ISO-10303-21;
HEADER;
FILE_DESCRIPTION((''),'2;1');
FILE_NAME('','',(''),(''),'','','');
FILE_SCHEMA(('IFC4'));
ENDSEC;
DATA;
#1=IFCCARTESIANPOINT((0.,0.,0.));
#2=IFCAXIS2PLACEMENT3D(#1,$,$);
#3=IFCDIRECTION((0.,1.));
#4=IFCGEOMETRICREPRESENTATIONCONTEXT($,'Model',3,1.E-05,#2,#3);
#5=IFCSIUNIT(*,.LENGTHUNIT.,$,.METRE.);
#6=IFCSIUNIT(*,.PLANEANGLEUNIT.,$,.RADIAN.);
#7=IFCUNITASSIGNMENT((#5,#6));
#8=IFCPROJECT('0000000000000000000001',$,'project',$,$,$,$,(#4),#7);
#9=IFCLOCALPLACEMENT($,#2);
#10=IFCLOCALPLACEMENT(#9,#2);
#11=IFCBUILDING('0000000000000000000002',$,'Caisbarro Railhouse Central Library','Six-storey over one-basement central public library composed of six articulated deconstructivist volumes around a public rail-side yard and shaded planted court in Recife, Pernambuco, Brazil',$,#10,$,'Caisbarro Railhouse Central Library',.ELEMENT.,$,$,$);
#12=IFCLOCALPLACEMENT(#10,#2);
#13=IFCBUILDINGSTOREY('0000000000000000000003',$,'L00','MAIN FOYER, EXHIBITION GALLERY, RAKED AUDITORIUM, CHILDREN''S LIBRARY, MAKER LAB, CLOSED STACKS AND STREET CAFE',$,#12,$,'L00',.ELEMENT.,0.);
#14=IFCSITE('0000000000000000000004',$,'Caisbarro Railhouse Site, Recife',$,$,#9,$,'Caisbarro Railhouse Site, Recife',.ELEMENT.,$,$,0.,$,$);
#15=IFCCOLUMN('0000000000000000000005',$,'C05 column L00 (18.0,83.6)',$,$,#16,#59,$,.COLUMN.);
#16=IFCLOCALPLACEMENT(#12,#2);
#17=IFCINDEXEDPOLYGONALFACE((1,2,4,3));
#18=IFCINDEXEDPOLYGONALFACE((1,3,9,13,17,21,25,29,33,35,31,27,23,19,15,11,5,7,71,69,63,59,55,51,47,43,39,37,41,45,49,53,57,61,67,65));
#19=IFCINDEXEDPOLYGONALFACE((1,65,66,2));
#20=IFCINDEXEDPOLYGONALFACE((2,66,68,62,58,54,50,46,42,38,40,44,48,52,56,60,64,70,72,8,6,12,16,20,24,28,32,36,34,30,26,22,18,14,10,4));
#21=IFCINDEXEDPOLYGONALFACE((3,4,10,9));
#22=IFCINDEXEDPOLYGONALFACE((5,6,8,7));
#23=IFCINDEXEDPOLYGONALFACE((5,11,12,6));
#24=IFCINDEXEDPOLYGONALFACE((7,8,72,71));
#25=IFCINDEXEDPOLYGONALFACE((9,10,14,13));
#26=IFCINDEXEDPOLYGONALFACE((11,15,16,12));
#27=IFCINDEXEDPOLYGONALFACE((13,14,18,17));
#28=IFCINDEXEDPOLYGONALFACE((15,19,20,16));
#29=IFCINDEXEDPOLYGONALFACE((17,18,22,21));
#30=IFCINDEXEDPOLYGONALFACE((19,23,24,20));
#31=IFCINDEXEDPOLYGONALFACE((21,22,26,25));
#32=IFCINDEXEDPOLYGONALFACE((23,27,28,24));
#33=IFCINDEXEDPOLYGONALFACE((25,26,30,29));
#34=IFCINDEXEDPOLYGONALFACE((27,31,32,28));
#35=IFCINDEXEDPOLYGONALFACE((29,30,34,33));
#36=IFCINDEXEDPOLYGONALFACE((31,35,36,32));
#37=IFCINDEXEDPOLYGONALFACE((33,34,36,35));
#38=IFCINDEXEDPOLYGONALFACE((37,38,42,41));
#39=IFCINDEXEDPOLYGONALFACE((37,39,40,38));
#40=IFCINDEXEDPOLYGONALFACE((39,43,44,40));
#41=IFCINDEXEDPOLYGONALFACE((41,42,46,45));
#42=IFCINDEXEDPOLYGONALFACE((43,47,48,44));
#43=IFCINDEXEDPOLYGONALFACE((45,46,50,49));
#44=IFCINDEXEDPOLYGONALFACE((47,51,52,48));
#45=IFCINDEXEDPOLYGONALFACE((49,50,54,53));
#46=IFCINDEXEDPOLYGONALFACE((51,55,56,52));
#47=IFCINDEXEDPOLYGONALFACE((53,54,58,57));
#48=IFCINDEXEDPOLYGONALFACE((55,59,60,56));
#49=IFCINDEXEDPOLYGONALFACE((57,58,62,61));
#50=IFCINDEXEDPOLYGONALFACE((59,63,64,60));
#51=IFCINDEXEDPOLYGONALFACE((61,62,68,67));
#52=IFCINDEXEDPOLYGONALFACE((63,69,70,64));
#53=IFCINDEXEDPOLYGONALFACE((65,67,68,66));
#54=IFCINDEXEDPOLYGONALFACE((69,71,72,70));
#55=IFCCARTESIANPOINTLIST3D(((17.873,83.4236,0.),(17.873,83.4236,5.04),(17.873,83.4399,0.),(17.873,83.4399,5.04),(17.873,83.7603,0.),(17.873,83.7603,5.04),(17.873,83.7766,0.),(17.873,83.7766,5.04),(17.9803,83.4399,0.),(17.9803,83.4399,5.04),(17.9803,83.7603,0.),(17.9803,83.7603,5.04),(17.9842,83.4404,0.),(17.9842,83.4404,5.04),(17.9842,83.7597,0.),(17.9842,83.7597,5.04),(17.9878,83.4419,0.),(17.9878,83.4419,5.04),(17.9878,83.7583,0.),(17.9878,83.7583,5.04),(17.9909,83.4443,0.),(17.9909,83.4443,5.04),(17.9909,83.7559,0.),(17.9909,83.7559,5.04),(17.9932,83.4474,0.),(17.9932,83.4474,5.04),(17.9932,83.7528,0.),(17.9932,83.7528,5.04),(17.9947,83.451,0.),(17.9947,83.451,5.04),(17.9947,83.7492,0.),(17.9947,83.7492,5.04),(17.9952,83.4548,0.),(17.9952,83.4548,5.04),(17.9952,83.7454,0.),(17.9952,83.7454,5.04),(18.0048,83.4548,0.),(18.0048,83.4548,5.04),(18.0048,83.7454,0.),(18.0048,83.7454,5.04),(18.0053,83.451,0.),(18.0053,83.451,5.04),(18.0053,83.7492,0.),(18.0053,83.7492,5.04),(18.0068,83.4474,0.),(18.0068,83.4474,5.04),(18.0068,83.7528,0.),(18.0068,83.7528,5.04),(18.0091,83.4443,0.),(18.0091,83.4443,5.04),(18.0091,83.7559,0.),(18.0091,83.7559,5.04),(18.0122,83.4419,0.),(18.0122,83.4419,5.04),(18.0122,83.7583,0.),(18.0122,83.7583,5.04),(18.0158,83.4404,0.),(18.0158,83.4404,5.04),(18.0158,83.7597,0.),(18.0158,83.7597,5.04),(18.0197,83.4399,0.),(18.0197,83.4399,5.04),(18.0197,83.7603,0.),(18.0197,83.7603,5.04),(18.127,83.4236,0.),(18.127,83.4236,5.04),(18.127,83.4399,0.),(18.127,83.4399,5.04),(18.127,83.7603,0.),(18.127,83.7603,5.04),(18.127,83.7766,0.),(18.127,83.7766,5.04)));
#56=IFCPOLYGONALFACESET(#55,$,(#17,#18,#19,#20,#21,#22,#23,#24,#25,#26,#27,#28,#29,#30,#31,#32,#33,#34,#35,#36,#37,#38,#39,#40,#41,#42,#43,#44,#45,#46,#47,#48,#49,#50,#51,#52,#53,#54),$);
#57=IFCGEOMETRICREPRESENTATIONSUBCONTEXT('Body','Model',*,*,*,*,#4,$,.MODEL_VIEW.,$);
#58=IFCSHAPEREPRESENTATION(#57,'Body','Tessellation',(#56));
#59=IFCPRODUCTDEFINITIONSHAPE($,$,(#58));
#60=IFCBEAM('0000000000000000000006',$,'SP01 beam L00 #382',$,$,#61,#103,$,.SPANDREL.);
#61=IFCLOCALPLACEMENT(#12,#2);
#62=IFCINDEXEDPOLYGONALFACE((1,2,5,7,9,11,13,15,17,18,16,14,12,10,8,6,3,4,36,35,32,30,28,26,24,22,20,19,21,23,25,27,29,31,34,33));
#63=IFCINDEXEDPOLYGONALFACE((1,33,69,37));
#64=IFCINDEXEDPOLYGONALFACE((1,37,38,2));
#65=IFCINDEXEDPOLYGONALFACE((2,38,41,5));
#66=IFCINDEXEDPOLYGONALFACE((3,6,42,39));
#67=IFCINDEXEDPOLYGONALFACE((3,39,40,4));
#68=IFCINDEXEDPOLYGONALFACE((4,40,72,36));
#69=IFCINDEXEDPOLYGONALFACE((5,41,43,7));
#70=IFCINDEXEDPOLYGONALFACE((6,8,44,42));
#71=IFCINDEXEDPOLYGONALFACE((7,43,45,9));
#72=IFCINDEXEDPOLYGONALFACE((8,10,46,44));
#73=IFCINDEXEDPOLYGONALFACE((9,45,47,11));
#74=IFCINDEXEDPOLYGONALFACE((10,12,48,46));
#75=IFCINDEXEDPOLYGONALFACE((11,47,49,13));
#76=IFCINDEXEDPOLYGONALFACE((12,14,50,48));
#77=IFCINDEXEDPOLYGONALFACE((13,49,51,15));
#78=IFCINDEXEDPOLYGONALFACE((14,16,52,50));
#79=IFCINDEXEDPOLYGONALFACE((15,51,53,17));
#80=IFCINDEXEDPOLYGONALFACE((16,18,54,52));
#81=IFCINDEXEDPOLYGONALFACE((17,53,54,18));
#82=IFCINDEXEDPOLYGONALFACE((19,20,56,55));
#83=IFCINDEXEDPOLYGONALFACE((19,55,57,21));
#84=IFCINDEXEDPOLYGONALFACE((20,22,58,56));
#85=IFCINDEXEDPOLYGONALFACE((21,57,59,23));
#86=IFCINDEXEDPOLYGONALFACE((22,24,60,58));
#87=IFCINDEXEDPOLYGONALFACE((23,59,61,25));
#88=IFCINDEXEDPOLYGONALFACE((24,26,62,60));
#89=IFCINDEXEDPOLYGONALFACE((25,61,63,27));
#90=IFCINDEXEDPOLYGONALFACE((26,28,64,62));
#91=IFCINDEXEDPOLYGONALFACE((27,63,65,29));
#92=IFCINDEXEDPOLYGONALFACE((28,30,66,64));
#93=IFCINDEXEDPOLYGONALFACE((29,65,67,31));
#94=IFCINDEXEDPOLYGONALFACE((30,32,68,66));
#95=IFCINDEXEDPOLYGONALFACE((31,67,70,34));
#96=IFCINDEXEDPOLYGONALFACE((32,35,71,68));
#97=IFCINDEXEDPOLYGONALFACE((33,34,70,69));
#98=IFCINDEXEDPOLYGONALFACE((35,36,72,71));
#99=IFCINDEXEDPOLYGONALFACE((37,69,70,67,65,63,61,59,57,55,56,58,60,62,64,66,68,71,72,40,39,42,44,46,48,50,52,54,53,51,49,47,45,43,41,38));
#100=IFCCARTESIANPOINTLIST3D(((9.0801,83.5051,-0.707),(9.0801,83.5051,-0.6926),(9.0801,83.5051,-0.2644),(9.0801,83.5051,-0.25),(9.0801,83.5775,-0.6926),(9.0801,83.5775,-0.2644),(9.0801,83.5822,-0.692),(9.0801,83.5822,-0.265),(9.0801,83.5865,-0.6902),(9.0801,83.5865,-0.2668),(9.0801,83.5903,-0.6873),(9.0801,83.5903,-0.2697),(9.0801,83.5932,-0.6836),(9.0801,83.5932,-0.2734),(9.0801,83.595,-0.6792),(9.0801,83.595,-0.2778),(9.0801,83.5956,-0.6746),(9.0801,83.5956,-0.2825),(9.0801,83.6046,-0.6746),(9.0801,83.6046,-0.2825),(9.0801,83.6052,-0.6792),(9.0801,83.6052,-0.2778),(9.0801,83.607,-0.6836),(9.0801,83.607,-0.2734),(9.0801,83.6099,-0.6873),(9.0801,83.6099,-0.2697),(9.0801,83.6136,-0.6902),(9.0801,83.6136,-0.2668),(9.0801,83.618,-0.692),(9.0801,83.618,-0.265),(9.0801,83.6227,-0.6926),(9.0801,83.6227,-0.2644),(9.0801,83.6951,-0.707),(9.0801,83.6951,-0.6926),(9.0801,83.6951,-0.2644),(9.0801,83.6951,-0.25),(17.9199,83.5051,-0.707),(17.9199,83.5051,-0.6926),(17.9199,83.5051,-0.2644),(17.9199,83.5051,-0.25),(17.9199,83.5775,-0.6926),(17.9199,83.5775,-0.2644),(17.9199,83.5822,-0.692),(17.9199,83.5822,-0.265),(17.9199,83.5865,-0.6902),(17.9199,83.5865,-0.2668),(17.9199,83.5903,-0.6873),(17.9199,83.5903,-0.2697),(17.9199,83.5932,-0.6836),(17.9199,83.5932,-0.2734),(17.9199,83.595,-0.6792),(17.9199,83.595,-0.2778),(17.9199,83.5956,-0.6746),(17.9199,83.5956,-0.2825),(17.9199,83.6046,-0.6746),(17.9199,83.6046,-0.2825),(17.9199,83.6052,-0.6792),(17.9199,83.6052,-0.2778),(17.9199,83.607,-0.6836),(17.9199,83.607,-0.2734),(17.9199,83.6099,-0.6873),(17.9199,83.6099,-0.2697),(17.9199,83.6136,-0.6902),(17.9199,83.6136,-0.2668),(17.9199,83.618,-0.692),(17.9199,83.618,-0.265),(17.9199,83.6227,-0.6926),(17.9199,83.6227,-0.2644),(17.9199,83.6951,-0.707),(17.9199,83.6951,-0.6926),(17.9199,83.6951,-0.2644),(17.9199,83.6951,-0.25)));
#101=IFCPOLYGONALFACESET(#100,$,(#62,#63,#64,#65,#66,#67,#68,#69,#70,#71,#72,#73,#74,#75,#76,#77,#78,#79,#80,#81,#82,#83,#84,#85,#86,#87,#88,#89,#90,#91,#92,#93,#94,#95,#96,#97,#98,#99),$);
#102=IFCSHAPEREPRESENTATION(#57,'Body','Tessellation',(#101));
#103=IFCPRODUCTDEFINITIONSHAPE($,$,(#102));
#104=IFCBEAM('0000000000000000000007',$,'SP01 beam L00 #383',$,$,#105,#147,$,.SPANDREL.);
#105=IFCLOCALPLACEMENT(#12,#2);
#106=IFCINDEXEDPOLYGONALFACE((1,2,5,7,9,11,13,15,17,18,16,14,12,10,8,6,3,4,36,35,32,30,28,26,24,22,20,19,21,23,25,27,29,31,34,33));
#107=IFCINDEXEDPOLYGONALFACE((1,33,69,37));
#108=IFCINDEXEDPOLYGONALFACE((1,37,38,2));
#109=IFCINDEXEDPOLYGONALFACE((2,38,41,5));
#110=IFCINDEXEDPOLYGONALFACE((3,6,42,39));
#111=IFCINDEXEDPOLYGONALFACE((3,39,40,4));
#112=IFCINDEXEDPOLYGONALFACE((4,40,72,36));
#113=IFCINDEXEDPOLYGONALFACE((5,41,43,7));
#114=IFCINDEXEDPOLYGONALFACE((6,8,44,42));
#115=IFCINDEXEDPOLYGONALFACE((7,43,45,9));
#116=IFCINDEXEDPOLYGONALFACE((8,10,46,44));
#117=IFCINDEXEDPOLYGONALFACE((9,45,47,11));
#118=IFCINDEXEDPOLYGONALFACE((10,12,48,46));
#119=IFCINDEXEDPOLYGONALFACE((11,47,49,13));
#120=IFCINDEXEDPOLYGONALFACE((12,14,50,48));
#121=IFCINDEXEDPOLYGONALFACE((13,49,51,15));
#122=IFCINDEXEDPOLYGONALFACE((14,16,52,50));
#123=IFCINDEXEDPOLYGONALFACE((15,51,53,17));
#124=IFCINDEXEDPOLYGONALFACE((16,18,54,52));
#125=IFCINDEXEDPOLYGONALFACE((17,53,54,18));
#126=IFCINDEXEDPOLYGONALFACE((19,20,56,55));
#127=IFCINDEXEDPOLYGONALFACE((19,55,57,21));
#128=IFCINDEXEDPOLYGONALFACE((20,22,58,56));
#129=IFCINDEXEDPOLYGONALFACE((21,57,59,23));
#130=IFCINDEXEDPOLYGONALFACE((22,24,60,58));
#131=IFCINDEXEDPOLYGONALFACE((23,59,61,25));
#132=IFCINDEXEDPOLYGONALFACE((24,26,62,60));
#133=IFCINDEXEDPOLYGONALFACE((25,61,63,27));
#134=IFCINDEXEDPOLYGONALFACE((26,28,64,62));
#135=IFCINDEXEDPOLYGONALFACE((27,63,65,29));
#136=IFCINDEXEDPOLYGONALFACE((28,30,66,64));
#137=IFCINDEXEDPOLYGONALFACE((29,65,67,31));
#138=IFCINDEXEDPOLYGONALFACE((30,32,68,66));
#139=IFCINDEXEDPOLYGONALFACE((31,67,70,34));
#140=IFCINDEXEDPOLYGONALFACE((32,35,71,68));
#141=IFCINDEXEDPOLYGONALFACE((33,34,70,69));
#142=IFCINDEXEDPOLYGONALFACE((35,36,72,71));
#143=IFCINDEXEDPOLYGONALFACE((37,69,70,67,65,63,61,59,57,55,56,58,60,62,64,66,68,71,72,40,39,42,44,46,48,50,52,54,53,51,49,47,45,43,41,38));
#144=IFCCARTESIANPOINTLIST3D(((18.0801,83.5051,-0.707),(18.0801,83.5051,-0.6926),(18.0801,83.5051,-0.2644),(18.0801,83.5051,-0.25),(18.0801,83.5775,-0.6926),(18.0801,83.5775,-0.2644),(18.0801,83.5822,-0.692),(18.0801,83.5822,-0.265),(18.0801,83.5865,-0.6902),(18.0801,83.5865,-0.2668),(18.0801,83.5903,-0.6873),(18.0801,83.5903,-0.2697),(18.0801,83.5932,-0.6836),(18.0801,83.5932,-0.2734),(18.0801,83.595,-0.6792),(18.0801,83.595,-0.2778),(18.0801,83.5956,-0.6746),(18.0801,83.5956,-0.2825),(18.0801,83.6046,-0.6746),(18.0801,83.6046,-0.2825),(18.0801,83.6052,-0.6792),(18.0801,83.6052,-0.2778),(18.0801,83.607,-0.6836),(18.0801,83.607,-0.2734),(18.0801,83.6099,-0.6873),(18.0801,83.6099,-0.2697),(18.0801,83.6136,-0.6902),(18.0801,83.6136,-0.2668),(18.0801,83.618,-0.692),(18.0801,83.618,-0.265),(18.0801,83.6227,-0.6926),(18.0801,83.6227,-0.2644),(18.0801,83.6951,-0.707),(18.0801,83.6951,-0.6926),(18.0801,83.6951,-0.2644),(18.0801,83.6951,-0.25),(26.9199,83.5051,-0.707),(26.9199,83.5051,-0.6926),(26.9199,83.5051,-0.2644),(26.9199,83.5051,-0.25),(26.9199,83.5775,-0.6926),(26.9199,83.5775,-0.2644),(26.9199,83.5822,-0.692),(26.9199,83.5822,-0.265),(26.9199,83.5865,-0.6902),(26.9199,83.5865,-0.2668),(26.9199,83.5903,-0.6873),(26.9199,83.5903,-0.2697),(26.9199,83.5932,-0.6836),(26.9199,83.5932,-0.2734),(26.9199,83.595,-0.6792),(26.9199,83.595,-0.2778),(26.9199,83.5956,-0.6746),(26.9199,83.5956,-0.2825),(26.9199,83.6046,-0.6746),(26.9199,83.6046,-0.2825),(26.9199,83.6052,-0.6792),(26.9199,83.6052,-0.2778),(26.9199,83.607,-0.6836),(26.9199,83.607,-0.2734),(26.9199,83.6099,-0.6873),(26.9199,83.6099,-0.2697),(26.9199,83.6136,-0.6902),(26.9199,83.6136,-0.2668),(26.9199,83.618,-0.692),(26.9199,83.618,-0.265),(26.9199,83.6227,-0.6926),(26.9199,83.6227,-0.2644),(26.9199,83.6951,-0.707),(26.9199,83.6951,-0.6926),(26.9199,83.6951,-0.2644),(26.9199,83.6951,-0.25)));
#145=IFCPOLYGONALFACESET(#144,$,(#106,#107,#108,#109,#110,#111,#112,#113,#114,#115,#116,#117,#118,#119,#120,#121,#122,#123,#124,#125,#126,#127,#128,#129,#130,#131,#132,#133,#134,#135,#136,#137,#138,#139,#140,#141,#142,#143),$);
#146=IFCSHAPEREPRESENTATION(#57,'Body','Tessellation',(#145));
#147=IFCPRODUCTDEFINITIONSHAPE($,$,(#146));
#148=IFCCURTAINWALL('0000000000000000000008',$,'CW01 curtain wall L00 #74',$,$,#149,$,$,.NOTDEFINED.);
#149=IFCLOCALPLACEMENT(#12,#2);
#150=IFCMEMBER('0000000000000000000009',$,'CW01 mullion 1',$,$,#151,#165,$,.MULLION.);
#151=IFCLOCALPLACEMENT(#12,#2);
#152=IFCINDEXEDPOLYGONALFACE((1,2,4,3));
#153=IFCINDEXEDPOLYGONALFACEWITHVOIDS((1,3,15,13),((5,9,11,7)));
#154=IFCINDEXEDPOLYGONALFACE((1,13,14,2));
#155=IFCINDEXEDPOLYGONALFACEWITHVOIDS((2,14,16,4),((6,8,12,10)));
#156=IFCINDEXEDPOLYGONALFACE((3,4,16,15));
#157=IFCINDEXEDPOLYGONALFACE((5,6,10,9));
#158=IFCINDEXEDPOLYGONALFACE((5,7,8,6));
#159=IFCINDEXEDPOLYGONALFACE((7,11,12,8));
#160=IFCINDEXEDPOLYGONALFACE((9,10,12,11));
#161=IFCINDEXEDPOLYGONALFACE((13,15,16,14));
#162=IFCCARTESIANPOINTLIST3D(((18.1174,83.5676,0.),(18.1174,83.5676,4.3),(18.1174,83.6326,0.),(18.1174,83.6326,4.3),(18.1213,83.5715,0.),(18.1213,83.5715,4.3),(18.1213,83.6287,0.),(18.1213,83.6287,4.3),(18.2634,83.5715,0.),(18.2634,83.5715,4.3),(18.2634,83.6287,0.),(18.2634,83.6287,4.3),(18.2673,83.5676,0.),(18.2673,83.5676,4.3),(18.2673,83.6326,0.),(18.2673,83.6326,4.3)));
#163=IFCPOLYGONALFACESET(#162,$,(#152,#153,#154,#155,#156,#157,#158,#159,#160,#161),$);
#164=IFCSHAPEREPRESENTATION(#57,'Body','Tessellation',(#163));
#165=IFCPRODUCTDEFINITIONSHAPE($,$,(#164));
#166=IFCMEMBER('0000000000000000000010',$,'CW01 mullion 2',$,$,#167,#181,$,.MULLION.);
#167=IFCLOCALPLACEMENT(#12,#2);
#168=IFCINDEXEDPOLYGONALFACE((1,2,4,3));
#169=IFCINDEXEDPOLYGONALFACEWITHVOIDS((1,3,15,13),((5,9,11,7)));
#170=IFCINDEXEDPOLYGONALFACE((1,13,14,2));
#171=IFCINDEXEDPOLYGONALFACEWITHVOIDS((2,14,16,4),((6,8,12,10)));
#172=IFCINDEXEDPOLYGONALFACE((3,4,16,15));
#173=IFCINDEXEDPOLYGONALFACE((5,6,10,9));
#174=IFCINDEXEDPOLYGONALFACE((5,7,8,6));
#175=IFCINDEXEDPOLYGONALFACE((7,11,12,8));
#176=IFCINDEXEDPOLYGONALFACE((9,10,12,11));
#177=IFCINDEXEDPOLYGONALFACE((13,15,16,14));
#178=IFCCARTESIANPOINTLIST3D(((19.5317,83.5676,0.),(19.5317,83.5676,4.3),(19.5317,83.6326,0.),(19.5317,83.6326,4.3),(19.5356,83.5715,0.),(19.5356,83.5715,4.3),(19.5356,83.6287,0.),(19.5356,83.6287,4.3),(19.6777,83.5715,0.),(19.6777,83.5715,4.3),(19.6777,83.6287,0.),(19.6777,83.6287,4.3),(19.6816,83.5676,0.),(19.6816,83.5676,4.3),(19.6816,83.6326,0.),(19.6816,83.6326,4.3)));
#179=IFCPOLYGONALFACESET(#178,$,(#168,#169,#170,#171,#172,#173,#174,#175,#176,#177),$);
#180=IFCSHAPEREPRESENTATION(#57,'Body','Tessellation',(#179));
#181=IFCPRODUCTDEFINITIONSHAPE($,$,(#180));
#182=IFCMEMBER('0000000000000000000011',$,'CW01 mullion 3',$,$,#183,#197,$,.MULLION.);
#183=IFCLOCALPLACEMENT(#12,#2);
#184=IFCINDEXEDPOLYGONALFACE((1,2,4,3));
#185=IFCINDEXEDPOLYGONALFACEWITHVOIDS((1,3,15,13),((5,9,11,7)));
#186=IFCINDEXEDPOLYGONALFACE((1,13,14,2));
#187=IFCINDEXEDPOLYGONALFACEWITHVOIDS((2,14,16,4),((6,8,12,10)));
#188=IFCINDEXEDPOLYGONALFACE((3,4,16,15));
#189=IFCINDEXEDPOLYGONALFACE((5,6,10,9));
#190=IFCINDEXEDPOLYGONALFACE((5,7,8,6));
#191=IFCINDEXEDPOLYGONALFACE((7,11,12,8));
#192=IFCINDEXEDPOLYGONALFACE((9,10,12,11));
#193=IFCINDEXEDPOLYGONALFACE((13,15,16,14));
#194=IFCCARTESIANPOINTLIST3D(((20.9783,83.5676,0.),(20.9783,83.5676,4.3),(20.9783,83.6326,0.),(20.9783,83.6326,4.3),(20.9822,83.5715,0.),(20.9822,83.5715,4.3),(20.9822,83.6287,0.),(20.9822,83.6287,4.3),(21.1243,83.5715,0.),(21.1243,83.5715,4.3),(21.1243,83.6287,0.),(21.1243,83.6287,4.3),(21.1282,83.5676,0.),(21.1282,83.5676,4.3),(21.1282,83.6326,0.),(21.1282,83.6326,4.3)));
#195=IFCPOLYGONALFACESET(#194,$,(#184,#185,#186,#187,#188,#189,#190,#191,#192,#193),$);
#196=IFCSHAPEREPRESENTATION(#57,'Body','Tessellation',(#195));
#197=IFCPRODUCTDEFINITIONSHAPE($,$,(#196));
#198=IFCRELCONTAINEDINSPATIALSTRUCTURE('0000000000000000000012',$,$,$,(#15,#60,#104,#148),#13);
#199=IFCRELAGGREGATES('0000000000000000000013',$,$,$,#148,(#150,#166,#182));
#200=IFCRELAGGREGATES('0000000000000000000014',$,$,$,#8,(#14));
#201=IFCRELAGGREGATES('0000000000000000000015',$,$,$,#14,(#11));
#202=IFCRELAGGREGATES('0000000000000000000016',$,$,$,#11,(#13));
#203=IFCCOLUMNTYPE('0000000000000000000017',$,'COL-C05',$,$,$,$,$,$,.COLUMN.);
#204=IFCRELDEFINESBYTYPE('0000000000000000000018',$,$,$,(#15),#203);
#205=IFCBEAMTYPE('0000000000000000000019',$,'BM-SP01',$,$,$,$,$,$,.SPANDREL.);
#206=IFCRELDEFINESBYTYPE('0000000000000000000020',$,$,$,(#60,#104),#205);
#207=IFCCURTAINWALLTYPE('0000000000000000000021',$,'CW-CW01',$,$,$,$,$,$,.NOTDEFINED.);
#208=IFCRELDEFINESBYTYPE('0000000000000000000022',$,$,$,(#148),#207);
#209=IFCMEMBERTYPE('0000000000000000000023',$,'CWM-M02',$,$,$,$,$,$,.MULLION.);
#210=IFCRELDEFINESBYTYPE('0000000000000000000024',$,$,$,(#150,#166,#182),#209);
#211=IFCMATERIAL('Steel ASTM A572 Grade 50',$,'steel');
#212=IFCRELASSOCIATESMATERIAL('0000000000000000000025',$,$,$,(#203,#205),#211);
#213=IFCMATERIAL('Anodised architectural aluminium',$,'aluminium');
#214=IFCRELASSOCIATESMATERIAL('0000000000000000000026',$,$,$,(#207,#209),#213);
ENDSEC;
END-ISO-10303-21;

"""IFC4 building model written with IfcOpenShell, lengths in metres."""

from ifc_helpers import new_model, si_unit, direction, frame, origin, origin_2d, place, context, subcontext, project, spatial, hollow_rectangle, i_section, extrude, material, material_profile, profile_set, type_object, element, aggregate, save


model = new_model("IFC4")

# Units and contexts
model_context = context("Model", 3, precision=1e-05, world=origin(), true_north=direction((0.0, 1.0)))
body_context = subcontext(model_context, "Body", "Model", "MODEL_VIEW")
ifc_project = project(units=[si_unit("LENGTHUNIT", "METRE"), si_unit("PLANEANGLEUNIT", "RADIAN")], contexts=[model_context])

# Site, building, storey
site_placement = place(None, origin())
site = spatial("IfcSite", under=ifc_project, at=site_placement, Name="Caisbarro Railhouse Site, Recife", LongName="Caisbarro Railhouse Site, Recife", CompositionType="ELEMENT", RefElevation=0.0)
building_placement = place(site_placement, origin())
building = spatial("IfcBuilding", under=site, at=building_placement, Name="Caisbarro Railhouse Central Library", Description="Six-storey over one-basement central public library composed of six articulated deconstructivist volumes around a public rail-side yard and shaded planted court in Recife, Pernambuco, Brazil", LongName="Caisbarro Railhouse Central Library", CompositionType="ELEMENT")
storey_placement = place(building_placement, origin())
storey = spatial("IfcBuildingStorey", under=building, at=storey_placement, Name="L00", Description="MAIN FOYER, EXHIBITION GALLERY, RAKED AUDITORIUM, CHILDREN'S LIBRARY, MAKER LAB, CLOSED STACKS AND STREET CAFE", LongName="L00", CompositionType="ELEMENT", Elevation=0.0)

# Column
ifc_material_1 = material(Name="Steel ASTM A572 Grade 50", Category="steel")
ifc_material_profile_1 = material_profile(ifc_material_1, i_section(OverallWidth=0.2539, OverallDepth=0.353, WebThickness=0.0095, FlangeThickness=0.0164, FilletRadius=0.0149, at=origin_2d()), Name="W360X91.0")
ifc_profile_set_1 = profile_set([ifc_material_profile_1], Name="Steel ASTM A572 Grade 50")
column_type = type_object("IfcColumnType", Name="COL-C05", PredefinedType="COLUMN", material=ifc_profile_set_1)
column_placement = place(storey_placement, frame((18.0, 83.6001, 0.0), z_axis=(0.0, 0.0, 1.0), x_axis=(1.0, 0.0, 0.0)))
element("IfcColumn", 1, at=column_placement, inside=storey, type_object=column_type, Name="C05 column L00 (18.0,83.6)", PredefinedType="COLUMN", context=body_context, shape_type="SweptSolid", body=[
    extrude(i_section(OverallWidth=0.2539, OverallDepth=0.353, WebThickness=0.0095, FlangeThickness=0.0164, FilletRadius=0.0149, at=origin_2d()), origin(), (0.0, 0.0, 1.0), 5.04),
])

# Beams
ifc_material_profile_2 = material_profile(ifc_material_1, i_section(OverallWidth=0.1899, OverallDepth=0.457, WebThickness=0.009, FlangeThickness=0.0144, FilletRadius=0.0181, at=origin_2d()), Name="W460X74.0")
ifc_profile_set_2 = profile_set([ifc_material_profile_2], Name="Steel ASTM A572 Grade 50")
beam_type = type_object("IfcBeamType", Name="BM-SP01", PredefinedType="SPANDREL", material=ifc_profile_set_2)
for number, where, z_axis, x_axis, name in (
    (2, (9.0801, 83.6001, -0.4785), (1.0, 0.0, 0.0), (0.0, 1.0, 0.0), "SP01 beam L00 #382"),
    (3, (18.0801, 83.6001, -0.4785), (1.0, 0.0, 0.0), (0.0, 1.0, 0.0), "SP01 beam L00 #383"),
):
    element("IfcBeam", number, at=place(storey_placement, frame(where, z_axis=z_axis, x_axis=x_axis)), inside=storey, type_object=beam_type, Name=name, PredefinedType="SPANDREL", context=body_context, shape_type="SweptSolid", body=[
        extrude(i_section(OverallWidth=0.1899, OverallDepth=0.457, WebThickness=0.009, FlangeThickness=0.0144, FilletRadius=0.0181, at=origin_2d()), origin(), (0.0, 0.0, 1.0), 8.8398),
    ])

# Curtain wall, members
ifc_material_2 = material(Name="Anodised architectural aluminium", Category="aluminium")
curtain_wall_type = type_object("IfcCurtainWallType", Name="CW-CW01", PredefinedType="NOTDEFINED", material=ifc_material_2)
curtain_wall_placement = place(storey_placement, origin())
curtain_wall = element("IfcCurtainWall", 4, at=curtain_wall_placement, inside=storey, type_object=curtain_wall_type, Name="CW01 curtain wall L00 #74", PredefinedType="NOTDEFINED")
ifc_material_profile_3 = material_profile(ifc_material_2, hollow_rectangle(XDim=0.0649, YDim=0.1499, WallThickness=0.0039, at=origin_2d()), Name="ALU-MUL-65X150")
ifc_profile_set_3 = profile_set([ifc_material_profile_3], Name="Anodised architectural aluminium")
member_type_1 = type_object("IfcMemberType", Name="CWM-M02", PredefinedType="MULLION", material=ifc_profile_set_3)
member_1_placement = place(storey_placement, frame((18.1924, 83.6001, 0.0), z_axis=(0.0, 0.0, 1.0), x_axis=(0.0, 1.0, 0.0)))
member_1 = element("IfcMember", 5, at=member_1_placement, type_object=member_type_1, Name="CW01 mullion 1", PredefinedType="MULLION", context=body_context, shape_type="SweptSolid", body=[
    extrude(hollow_rectangle(XDim=0.0649, YDim=0.1499, WallThickness=0.0039, at=origin_2d()), origin(), (0.0, 0.0, 1.0), 4.3),
])
member_2_placement = place(storey_placement, frame((19.6067, 83.6001, 0.0), z_axis=(0.0, 0.0, 1.0), x_axis=(0.0, 1.0, 0.0)))
member_2 = element("IfcMember", 6, at=member_2_placement, type_object=member_type_1, Name="CW01 mullion 2", PredefinedType="MULLION", context=body_context, shape_type="SweptSolid", body=[
    extrude(hollow_rectangle(XDim=0.0649, YDim=0.1499, WallThickness=0.0039, at=origin_2d()), origin(), (0.0, 0.0, 1.0), 4.3),
])
member_3_placement = place(storey_placement, frame((21.0532, 83.6001, 0.0), z_axis=(0.0, 0.0, 1.0), x_axis=(0.0, 1.0, 0.0)))
member_3 = element("IfcMember", 7, at=member_3_placement, type_object=member_type_1, Name="CW01 mullion 3", PredefinedType="MULLION", context=body_context, shape_type="SweptSolid", body=[
    extrude(hollow_rectangle(XDim=0.0649, YDim=0.1499, WallThickness=0.0039, at=origin_2d()), origin(), (0.0, 0.0, 1.0), 4.3),
])
aggregate(curtain_wall, [member_1, member_2, member_3])

save(model, "model.ifc")
